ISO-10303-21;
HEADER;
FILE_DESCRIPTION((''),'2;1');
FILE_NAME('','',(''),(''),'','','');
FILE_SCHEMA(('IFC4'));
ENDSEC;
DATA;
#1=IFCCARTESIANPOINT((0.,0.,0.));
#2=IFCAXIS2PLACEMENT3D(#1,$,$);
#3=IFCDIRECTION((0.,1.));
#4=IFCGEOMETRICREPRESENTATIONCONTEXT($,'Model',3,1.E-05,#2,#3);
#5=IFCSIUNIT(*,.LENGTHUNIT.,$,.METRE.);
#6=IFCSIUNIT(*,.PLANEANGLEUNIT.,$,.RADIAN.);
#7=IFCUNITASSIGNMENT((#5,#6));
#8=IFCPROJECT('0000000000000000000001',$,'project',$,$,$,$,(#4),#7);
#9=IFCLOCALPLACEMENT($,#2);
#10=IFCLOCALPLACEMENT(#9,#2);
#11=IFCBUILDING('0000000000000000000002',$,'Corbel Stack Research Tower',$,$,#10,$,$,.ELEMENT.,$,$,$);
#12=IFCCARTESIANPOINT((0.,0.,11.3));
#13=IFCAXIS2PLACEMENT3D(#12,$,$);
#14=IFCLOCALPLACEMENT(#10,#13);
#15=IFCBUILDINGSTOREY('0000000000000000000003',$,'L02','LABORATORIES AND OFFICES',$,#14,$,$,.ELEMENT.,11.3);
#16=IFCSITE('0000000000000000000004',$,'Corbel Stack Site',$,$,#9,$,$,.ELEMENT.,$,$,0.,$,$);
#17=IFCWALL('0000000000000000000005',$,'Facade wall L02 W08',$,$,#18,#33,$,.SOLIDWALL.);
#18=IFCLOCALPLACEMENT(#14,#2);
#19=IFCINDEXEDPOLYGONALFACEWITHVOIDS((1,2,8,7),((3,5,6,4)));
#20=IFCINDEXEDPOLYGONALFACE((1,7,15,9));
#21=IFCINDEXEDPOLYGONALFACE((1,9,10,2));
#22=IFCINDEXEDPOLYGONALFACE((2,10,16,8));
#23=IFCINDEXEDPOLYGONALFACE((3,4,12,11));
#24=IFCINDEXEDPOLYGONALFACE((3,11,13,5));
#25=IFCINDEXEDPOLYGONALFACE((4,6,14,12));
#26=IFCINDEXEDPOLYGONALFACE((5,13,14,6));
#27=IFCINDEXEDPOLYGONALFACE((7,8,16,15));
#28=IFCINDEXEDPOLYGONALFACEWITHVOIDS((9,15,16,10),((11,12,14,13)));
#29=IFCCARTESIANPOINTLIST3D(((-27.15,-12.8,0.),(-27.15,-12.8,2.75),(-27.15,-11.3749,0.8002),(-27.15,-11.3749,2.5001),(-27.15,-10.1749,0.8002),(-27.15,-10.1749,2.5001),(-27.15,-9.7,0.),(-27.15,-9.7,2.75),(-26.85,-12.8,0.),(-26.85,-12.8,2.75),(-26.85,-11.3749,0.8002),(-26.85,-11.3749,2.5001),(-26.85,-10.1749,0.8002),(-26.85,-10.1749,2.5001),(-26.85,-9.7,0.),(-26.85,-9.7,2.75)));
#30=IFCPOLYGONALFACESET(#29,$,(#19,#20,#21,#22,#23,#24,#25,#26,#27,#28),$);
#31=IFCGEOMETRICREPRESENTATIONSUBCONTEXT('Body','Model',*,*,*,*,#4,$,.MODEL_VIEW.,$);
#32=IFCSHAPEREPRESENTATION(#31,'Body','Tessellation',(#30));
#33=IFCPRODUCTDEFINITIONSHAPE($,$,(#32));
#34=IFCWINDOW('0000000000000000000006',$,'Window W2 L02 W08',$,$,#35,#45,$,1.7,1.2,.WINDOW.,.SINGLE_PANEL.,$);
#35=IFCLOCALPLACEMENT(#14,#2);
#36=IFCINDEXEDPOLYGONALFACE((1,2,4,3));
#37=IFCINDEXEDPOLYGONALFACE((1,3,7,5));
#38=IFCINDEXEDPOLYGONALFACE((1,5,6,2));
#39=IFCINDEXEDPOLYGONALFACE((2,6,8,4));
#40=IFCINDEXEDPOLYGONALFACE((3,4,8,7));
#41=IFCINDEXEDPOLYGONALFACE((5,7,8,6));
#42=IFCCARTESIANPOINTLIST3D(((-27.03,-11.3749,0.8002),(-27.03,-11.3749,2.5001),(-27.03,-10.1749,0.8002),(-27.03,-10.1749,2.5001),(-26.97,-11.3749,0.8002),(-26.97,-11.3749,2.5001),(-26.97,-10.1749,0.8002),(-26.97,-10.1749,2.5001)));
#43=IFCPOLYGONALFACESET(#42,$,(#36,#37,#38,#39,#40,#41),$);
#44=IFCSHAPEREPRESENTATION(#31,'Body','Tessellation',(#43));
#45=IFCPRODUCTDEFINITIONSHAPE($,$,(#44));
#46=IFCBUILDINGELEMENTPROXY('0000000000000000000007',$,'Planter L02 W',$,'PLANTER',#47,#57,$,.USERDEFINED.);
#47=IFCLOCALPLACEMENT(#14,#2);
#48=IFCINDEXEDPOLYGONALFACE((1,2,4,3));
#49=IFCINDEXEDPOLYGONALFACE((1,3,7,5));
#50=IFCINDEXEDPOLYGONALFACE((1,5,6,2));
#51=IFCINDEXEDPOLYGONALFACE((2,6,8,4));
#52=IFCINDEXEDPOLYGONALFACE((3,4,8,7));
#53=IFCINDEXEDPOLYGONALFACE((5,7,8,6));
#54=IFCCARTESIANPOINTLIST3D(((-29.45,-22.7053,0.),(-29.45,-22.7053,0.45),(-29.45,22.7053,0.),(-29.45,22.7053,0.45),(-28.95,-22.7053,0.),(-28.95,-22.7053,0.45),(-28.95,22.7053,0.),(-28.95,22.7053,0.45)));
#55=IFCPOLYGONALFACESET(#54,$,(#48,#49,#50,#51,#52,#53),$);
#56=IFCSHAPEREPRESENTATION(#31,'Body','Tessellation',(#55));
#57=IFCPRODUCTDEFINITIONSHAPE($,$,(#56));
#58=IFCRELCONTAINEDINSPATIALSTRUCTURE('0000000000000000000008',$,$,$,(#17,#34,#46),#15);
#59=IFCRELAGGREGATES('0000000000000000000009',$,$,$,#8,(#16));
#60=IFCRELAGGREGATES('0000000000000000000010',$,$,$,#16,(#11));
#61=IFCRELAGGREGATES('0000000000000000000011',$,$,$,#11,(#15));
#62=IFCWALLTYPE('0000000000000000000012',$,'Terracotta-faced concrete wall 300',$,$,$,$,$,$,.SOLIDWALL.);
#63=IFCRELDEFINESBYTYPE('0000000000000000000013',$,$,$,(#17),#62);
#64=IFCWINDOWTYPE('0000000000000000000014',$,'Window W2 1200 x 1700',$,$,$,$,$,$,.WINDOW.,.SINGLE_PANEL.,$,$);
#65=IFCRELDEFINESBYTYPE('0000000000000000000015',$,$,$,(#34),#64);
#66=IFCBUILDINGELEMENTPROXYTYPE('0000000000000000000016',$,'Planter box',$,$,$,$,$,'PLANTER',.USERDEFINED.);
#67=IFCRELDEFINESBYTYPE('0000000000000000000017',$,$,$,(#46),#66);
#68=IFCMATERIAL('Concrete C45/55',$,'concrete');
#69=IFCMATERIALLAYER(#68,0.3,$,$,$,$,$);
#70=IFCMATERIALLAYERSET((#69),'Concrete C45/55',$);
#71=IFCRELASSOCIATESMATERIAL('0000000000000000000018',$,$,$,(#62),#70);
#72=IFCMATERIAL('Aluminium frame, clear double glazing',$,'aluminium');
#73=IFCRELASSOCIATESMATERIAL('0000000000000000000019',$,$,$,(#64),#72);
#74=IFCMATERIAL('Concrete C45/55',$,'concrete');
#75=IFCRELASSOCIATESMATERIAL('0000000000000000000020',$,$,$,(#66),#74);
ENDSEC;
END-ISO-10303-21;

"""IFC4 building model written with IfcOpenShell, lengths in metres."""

from ifc_helpers import new_model, si_unit, direction, frame, frame_2d, origin, origin_2d, place, context, subcontext, project, spatial, rectangle, extrude, material, layer, layer_set, type_object, element, fill, save


model = new_model("IFC4")

# Units and contexts
model_context = context("Model", 3, precision=1e-05, world=origin(), true_north=direction((0.0, 1.0)))
body_context = subcontext(model_context, "Body", "Model", "MODEL_VIEW")
ifc_project = project(units=[si_unit("LENGTHUNIT", "METRE"), si_unit("PLANEANGLEUNIT", "RADIAN")], contexts=[model_context])

# Site, building, storey
site_placement = place(None, origin())
site = spatial("IfcSite", under=ifc_project, at=site_placement, Name="Corbel Stack Site", CompositionType="ELEMENT", RefElevation=0.0)
building_placement = place(site_placement, origin())
building = spatial("IfcBuilding", under=site, at=building_placement, Name="Corbel Stack Research Tower", CompositionType="ELEMENT")
storey_placement = place(building_placement, frame((0.0, 0.0, 11.3)))
storey = spatial("IfcBuildingStorey", under=building, at=storey_placement, Name="L02", Description="LABORATORIES AND OFFICES", CompositionType="ELEMENT", Elevation=11.3)

# Wall, opening, window
ifc_material_1 = material(Name="Concrete C45/55", Category="concrete")
ifc_layer = layer(ifc_material_1, 0.3)
ifc_layer_set = layer_set([ifc_layer], Name="Concrete C45/55")
wall_type = type_object("IfcWallType", Name="Terracotta-faced concrete wall 300", PredefinedType="SOLIDWALL", material=ifc_layer_set)
wall_1_placement = place(storey_placement, frame((-27.0, -12.8, 0.0), z_axis=(0.0, 0.0, 1.0), x_axis=(0.0, 1.0, 0.0)))
wall_1 = element("IfcWall", 1, at=wall_1_placement, inside=storey, type_object=wall_type, Name="Facade wall L02 W08", PredefinedType="SOLIDWALL", context=body_context, shape_type="SweptSolid", body=[
    extrude(rectangle(XDim=3.1001, YDim=0.3, at=frame_2d((1.55, 0.0))), origin(), (0.0, 0.0, 1.0), 2.75),
])
opening_1_placement = place(wall_1_placement, frame((1.425, 0.0, 0.8)))
opening_1 = element("IfcOpeningElement", 2, at=opening_1_placement, cuts=wall_1, PredefinedType="OPENING", context=body_context, shape_type="SweptSolid", body=[
    extrude(rectangle(XDim=1.2, YDim=1.7, at=frame_2d((0.6001, 0.8501))), frame((0.0, 0.1599, 0.0), z_axis=(0.0, -1.0, 0.0), x_axis=(1.0, 0.0, 0.0)), (0.0, 0.0, 1.0), 0.3201),
])
ifc_material_2 = material(Name="Aluminium frame, clear double glazing", Category="aluminium")
window_type_1 = type_object("IfcWindowType", Name="Window W2 1200 x 1700", PartitioningType="SINGLE_PANEL", PredefinedType="WINDOW", material=ifc_material_2)
window_1_placement = place(opening_1_placement, origin())
window_1 = element("IfcWindow", 3, at=window_1_placement, inside=storey, type_object=window_type_1, Name="Window W2 L02 W08", OverallHeight=1.7, OverallWidth=1.2, PartitioningType="SINGLE_PANEL", PredefinedType="WINDOW", context=body_context, shape_type="SweptSolid", body=[
    extrude(rectangle(XDim=1.2, YDim=1.7, at=frame_2d((0.6001, 0.8501))), frame((0.0, 0.03, 0.0), z_axis=(0.0, -1.0, 0.0), x_axis=(1.0, 0.0, 0.0)), (0.0, 0.0, 1.0), 0.0601),
])
fill(opening_1, window_1)

# Building element proxy
ifc_material_3 = material(Name="Concrete C45/55", Category="concrete")
building_element_proxy_type = type_object("IfcBuildingElementProxyType", Name="Planter box", ElementType="PLANTER", PredefinedType="USERDEFINED", material=ifc_material_3)
proxy_placement = place(storey_placement, frame((-29.2, 0.0, 0.0), z_axis=(0.0, 0.0, 1.0), x_axis=(0.0, -1.0, 0.0)))
element("IfcBuildingElementProxy", 4, at=proxy_placement, inside=storey, type_object=building_element_proxy_type, Name="Planter L02 W", ObjectType="PLANTER", PredefinedType="USERDEFINED", context=body_context, shape_type="SweptSolid", body=[
    extrude(rectangle(XDim=45.4106, YDim=0.5, at=origin_2d()), origin(), (0.0, 0.0, 1.0), 0.45),
])

save(model, "model.ifc")
